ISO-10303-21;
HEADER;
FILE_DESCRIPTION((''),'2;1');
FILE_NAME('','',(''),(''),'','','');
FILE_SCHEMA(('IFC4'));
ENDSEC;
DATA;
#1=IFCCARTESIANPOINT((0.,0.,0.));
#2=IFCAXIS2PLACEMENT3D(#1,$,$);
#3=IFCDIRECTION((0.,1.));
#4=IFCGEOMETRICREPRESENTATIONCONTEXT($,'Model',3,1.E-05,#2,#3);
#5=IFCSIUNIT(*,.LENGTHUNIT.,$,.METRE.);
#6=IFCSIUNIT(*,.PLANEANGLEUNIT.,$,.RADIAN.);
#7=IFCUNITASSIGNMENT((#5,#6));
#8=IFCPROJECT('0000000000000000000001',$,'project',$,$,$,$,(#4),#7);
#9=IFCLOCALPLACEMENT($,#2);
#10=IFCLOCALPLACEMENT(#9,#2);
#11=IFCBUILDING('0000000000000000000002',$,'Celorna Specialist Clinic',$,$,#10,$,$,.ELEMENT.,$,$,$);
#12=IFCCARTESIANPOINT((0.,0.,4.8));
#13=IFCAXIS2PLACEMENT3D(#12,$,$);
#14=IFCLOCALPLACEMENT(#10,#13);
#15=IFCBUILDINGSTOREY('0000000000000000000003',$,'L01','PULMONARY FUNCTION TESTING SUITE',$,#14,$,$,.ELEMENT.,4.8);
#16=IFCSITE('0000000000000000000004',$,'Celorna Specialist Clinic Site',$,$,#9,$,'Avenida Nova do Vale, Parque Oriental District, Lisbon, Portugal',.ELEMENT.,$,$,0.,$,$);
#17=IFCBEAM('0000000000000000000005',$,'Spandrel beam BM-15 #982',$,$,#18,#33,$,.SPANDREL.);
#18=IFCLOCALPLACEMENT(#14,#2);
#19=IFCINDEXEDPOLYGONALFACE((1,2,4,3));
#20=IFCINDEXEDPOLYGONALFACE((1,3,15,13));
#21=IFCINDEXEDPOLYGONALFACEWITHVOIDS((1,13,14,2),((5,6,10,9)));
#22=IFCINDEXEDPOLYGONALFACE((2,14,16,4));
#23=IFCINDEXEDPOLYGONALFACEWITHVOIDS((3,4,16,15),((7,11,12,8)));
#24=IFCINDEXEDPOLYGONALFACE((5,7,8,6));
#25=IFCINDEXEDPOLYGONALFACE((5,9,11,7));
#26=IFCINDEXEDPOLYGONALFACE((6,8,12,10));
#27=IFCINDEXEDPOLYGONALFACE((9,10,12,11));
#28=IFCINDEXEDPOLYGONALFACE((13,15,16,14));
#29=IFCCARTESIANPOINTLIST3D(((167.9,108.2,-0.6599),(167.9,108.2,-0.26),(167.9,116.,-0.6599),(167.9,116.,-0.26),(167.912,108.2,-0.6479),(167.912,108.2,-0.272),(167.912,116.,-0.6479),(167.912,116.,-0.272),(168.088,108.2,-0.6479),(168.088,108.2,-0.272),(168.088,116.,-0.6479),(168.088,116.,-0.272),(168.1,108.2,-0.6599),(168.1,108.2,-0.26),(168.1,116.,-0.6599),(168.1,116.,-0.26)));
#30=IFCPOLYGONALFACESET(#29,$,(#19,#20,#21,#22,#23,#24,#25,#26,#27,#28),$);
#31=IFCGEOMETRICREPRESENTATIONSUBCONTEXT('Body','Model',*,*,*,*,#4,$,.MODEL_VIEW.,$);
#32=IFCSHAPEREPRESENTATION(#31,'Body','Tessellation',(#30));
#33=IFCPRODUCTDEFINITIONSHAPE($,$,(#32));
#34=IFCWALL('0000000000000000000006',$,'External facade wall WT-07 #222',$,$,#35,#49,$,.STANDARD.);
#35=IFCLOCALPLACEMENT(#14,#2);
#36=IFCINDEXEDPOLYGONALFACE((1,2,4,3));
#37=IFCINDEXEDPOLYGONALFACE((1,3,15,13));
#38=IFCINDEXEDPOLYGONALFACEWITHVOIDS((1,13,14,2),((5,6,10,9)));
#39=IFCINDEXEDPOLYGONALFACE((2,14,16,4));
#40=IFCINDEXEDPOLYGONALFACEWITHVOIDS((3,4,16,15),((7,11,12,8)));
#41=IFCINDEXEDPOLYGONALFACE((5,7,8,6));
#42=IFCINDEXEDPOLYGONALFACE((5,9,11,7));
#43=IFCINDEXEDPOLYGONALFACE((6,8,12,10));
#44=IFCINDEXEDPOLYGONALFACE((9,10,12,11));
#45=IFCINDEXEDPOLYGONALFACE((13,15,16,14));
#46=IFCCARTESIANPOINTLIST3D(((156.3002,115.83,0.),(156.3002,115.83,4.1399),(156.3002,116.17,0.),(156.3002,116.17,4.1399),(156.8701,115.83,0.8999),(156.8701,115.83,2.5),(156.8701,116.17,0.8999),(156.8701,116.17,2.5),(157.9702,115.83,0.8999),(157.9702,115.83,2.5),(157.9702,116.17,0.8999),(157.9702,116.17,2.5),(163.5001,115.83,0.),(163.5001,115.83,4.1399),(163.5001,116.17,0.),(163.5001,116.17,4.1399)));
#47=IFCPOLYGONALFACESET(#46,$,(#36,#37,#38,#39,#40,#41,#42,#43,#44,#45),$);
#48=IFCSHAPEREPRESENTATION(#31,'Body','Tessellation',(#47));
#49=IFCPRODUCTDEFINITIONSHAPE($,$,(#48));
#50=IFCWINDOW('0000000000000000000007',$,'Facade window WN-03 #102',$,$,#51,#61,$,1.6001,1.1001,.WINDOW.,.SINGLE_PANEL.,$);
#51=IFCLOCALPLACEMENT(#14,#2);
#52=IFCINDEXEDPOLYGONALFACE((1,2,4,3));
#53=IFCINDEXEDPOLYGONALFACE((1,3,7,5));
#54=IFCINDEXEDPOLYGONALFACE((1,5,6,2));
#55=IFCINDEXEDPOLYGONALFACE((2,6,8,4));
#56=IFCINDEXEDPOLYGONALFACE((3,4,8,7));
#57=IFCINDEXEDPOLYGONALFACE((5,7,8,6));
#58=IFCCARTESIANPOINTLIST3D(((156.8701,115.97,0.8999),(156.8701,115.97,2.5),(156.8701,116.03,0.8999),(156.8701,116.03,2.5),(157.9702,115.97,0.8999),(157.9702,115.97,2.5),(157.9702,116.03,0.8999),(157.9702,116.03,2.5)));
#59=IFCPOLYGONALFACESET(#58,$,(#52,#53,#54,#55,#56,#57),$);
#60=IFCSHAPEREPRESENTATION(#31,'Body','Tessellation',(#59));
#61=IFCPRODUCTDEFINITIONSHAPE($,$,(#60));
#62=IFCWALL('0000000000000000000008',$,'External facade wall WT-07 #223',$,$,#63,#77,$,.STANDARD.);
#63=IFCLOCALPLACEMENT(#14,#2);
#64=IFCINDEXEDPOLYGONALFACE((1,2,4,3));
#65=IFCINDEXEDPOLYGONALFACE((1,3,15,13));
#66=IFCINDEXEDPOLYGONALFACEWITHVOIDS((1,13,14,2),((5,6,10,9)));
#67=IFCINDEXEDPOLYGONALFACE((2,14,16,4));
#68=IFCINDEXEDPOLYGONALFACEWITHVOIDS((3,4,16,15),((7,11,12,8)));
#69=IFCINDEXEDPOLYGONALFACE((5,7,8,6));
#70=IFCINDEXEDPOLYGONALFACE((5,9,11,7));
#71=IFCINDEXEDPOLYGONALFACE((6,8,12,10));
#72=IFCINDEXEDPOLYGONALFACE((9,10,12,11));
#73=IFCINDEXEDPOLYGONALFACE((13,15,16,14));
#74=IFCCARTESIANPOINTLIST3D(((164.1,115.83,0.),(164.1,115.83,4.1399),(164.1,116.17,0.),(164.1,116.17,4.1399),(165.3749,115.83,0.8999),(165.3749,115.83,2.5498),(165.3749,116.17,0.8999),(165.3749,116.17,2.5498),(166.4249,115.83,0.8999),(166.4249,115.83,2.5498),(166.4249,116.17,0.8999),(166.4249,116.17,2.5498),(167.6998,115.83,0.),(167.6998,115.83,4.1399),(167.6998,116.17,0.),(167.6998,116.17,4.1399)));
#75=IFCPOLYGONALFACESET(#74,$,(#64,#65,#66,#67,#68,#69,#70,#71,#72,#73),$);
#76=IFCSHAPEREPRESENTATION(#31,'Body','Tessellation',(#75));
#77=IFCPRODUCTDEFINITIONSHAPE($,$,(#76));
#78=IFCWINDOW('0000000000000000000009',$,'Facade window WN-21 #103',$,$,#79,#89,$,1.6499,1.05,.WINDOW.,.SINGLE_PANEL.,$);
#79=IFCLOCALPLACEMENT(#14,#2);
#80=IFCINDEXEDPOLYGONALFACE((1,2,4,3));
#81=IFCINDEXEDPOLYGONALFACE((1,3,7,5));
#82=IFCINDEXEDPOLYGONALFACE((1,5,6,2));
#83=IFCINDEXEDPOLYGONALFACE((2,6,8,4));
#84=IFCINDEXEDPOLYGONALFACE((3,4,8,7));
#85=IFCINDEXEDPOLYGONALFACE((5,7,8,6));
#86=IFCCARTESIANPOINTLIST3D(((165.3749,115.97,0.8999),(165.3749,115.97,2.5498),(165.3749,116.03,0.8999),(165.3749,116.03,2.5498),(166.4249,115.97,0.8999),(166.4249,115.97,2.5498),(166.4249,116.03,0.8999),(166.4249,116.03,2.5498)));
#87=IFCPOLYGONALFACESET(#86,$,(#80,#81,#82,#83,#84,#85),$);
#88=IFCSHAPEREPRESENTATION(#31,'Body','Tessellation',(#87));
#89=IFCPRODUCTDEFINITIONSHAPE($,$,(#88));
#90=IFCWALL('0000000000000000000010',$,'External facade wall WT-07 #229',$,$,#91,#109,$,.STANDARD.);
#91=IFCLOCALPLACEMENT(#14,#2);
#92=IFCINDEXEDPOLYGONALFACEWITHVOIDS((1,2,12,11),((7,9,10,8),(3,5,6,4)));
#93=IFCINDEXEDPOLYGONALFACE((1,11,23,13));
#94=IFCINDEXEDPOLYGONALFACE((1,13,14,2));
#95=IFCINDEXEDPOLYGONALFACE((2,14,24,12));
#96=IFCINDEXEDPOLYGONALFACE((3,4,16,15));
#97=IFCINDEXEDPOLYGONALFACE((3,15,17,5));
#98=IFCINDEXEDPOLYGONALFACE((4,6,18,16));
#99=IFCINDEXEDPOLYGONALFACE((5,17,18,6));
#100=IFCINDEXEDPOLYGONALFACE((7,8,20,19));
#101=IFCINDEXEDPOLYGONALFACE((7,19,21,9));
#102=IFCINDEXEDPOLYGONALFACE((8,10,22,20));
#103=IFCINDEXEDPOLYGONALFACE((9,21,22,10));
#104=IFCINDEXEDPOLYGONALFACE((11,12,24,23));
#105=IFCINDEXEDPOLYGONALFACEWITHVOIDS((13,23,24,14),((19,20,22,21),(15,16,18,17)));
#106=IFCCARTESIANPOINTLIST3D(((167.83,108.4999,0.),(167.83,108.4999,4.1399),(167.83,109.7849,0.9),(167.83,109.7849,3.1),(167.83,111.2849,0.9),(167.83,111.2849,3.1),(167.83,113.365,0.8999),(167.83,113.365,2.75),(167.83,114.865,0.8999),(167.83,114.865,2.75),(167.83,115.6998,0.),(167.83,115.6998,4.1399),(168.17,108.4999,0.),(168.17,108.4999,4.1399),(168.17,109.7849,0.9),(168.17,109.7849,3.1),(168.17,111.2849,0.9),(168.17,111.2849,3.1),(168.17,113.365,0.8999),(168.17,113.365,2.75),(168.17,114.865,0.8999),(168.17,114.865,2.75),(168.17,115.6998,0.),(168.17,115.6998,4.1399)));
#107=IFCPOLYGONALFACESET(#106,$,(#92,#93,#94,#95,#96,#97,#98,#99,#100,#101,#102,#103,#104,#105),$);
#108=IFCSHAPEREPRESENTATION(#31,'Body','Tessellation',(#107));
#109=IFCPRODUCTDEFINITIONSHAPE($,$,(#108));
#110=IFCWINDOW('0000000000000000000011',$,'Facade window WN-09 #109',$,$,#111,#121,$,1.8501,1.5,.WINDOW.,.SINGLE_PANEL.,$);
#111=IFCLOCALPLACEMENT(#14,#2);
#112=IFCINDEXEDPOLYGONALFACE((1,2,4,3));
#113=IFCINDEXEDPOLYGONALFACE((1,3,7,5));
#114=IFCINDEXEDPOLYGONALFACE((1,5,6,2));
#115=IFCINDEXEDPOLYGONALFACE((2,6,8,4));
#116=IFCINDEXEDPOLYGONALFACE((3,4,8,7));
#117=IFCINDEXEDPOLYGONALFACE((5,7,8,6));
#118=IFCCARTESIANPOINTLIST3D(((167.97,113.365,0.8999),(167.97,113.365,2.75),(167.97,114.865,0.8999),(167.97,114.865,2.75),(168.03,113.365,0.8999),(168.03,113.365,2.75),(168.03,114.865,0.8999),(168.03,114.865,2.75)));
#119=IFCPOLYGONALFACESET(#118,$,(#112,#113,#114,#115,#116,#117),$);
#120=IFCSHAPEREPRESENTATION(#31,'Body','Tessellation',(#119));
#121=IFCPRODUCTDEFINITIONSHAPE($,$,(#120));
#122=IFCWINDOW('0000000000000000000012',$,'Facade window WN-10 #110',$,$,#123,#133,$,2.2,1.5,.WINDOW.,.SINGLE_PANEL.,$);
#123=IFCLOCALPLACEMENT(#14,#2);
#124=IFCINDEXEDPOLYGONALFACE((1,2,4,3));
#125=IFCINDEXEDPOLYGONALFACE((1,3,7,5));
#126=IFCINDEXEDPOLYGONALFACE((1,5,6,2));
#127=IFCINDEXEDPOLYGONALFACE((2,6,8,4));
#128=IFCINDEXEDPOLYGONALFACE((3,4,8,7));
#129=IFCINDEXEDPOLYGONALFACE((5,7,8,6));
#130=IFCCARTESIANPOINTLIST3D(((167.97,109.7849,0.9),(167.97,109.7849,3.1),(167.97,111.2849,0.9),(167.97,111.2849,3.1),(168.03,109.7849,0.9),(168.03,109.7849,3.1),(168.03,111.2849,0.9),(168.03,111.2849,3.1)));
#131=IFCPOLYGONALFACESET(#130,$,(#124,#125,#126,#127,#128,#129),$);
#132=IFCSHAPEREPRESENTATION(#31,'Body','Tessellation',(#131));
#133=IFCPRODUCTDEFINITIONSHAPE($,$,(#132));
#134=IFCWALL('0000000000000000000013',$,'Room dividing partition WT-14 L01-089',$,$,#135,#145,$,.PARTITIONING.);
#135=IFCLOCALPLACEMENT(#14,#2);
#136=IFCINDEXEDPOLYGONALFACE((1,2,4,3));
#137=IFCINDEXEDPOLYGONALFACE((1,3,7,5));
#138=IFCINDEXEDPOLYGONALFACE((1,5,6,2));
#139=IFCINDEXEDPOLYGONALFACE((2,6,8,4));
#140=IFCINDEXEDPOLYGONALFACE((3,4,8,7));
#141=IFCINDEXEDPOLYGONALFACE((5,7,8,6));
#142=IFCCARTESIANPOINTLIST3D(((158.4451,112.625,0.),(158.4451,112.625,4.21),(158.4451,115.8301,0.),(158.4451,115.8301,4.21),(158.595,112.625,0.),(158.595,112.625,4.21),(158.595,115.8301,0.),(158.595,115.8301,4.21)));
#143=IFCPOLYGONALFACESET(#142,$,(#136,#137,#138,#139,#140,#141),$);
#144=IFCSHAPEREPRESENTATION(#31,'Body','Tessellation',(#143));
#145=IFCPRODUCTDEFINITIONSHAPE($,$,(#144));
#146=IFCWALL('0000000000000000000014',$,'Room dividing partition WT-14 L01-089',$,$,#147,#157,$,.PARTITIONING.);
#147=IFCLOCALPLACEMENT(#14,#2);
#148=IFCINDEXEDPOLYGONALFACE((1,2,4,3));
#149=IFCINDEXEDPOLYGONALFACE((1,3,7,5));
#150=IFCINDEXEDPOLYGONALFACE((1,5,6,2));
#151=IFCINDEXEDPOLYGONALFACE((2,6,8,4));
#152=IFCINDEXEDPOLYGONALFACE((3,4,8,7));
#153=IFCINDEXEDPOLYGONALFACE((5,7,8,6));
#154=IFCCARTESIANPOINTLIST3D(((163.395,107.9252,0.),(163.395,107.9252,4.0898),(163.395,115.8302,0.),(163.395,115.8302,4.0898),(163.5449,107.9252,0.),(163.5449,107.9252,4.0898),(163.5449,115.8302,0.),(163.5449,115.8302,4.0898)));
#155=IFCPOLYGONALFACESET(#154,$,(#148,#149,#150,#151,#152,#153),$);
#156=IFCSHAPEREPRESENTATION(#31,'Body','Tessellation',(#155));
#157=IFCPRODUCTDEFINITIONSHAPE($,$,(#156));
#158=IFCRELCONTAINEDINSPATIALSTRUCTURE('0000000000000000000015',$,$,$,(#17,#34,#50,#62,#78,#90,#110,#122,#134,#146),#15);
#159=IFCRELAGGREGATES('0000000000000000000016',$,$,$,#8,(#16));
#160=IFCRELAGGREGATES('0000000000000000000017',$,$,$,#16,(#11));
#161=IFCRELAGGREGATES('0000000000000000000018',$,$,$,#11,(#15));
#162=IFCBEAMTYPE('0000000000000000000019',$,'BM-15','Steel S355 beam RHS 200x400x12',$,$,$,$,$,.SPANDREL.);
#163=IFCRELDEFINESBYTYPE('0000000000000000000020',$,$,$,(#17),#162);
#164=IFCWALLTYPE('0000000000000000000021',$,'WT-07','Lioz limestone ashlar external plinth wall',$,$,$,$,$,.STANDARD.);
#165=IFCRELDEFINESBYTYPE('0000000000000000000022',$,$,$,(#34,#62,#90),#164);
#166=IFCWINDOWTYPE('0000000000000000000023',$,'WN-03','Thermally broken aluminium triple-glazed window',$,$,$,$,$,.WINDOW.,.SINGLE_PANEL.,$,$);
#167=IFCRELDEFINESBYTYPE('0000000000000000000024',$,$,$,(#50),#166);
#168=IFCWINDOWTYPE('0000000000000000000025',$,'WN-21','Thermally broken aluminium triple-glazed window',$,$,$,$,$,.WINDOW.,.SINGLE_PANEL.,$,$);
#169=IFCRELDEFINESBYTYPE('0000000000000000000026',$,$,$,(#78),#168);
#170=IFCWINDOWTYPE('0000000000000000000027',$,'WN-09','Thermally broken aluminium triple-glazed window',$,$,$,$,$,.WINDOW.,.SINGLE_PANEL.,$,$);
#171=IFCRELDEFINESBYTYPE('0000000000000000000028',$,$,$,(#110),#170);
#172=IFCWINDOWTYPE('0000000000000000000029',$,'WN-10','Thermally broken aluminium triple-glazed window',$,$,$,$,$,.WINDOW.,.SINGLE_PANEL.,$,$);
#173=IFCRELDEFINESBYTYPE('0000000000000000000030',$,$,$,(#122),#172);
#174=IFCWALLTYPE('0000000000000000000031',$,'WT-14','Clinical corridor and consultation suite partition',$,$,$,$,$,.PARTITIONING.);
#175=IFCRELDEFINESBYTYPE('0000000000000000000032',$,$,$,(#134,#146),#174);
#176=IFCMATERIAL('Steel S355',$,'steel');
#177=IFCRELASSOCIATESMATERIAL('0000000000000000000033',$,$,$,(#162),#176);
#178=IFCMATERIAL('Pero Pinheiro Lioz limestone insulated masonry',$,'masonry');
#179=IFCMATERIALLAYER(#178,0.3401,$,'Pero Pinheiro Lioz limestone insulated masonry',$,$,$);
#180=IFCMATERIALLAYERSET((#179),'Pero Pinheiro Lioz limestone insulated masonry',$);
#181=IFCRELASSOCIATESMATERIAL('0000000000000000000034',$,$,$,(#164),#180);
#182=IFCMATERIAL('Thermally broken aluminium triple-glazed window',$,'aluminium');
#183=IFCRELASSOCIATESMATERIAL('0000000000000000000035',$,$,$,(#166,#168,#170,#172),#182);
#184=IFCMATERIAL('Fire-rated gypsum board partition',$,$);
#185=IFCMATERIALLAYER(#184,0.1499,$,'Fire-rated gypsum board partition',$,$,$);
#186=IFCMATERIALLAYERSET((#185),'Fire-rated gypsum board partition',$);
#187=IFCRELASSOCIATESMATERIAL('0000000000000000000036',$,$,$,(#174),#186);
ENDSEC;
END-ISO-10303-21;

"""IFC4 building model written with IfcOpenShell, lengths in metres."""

from ifc_helpers import new_model, si_unit, direction, frame, frame_2d, origin, origin_2d, place, context, subcontext, project, spatial, rectangle, hollow_rectangle, extrude, material, layer, layer_set, material_profile, profile_set, type_object, element, fill, save


model = new_model("IFC4")

# Units and contexts
model_context = context("Model", 3, precision=1e-05, world=origin(), true_north=direction((0.0, 1.0)))
body_context = subcontext(model_context, "Body", "Model", "MODEL_VIEW")
ifc_project = project(units=[si_unit("LENGTHUNIT", "METRE"), si_unit("PLANEANGLEUNIT", "RADIAN")], contexts=[model_context])

# Site, building, storey
site_placement = place(None, origin())
site = spatial("IfcSite", under=ifc_project, at=site_placement, Name="Celorna Specialist Clinic Site", LongName="Avenida Nova do Vale, Parque Oriental District, Lisbon, Portugal", CompositionType="ELEMENT", RefElevation=0.0)
building_placement = place(site_placement, origin())
building = spatial("IfcBuilding", under=site, at=building_placement, Name="Celorna Specialist Clinic", CompositionType="ELEMENT")
storey_placement = place(building_placement, frame((0.0, 0.0, 4.8)))
storey = spatial("IfcBuildingStorey", under=building, at=storey_placement, Name="L01", Description="PULMONARY FUNCTION TESTING SUITE", CompositionType="ELEMENT", Elevation=4.8)

# Beam
ifc_material_1 = material(Name="Steel S355", Category="steel")
ifc_material_profile_1 = material_profile(ifc_material_1, hollow_rectangle(XDim=0.2, YDim=0.3999, WallThickness=0.012, at=origin_2d()), Name="RHS 200x400x12")
ifc_profile_set_1 = profile_set([ifc_material_profile_1], Name="Steel S355")
beam_type_1 = type_object("IfcBeamType", Name="BM-15", Description="Steel S355 beam RHS 200x400x12", PredefinedType="SPANDREL", material=ifc_profile_set_1)
beam_1_placement = place(storey_placement, frame((168.0, 108.2, -0.46), z_axis=(0.0, 1.0, 0.0), x_axis=(-1.0, 0.0, 0.0)))
element("IfcBeam", 1, at=beam_1_placement, inside=storey, type_object=beam_type_1, Name="Spandrel beam BM-15 #982", PredefinedType="SPANDREL", context=body_context, shape_type="SweptSolid", body=[
    extrude(hollow_rectangle(XDim=0.2, YDim=0.3999, WallThickness=0.012, at=origin_2d()), origin(), (0.0, 0.0, 1.0), 7.8),
])

# Walls, openings, windows
ifc_material_2 = material(Name="Pero Pinheiro Lioz limestone insulated masonry", Category="masonry")
ifc_layer_1 = layer(ifc_material_2, 0.3401, Name="Pero Pinheiro Lioz limestone insulated masonry")
ifc_layer_set_1 = layer_set([ifc_layer_1], Name="Pero Pinheiro Lioz limestone insulated masonry")
wall_type_1 = type_object("IfcWallType", Name="WT-07", Description="Lioz limestone ashlar external plinth wall", PredefinedType="STANDARD", material=ifc_layer_set_1)
wall_1_placement = place(storey_placement, frame((156.3, 116.0, 0.0), z_axis=(0.0, 0.0, 1.0), x_axis=(1.0, 0.0, 0.0)))
wall_1 = element("IfcWall", 2, at=wall_1_placement, inside=storey, type_object=wall_type_1, Name="External facade wall WT-07 #222", PredefinedType="STANDARD", context=body_context, shape_type="SweptSolid", body=[
    extrude(rectangle(XDim=7.2, YDim=0.3401, at=frame_2d((3.6001, 0.0))), origin(), (0.0, 0.0, 1.0), 4.1399),
])
opening_1_placement = place(wall_1_placement, frame((0.5701, 0.0, 0.8999)))
opening_1 = element("IfcOpeningElement", 3, at=opening_1_placement, cuts=wall_1, PredefinedType="OPENING", context=body_context, shape_type="SweptSolid", body=[
    extrude(rectangle(XDim=1.1001, YDim=1.6001, at=frame_2d((0.55, 0.8))), frame((0.0, 0.1799, 0.0), z_axis=(0.0, -1.0, 0.0), x_axis=(1.0, 0.0, 0.0)), (0.0, 0.0, 1.0), 0.3601),
])
ifc_material_3 = material(Name="Thermally broken aluminium triple-glazed window", Category="aluminium")
window_type_1 = type_object("IfcWindowType", Name="WN-03", Description="Thermally broken aluminium triple-glazed window", PartitioningType="SINGLE_PANEL", PredefinedType="WINDOW", material=ifc_material_3)
window_1_placement = place(opening_1_placement, origin())
window_1 = element("IfcWindow", 4, at=window_1_placement, inside=storey, type_object=window_type_1, Name="Facade window WN-03 #102", OverallHeight=1.6001, OverallWidth=1.1001, PartitioningType="SINGLE_PANEL", PredefinedType="WINDOW", context=body_context, shape_type="SweptSolid", body=[
    extrude(rectangle(XDim=1.1001, YDim=1.6001, at=frame_2d((0.55, 0.8))), frame((0.0, 0.03, 0.0), z_axis=(0.0, -1.0, 0.0), x_axis=(1.0, 0.0, 0.0)), (0.0, 0.0, 1.0), 0.0601),
])
fill(opening_1, window_1)
wall_2_placement = place(storey_placement, frame((164.1001, 116.0, 0.0), z_axis=(0.0, 0.0, 1.0), x_axis=(1.0, 0.0, 0.0)))
wall_2 = element("IfcWall", 5, at=wall_2_placement, inside=storey, type_object=wall_type_1, Name="External facade wall WT-07 #223", PredefinedType="STANDARD", context=body_context, shape_type="SweptSolid", body=[
    extrude(rectangle(XDim=3.5999, YDim=0.3401, at=frame_2d((1.7998, 0.0))), origin(), (0.0, 0.0, 1.0), 4.1399),
])
opening_2_placement = place(wall_2_placement, frame((1.2749, 0.0, 0.8999)))
opening_2 = element("IfcOpeningElement", 6, at=opening_2_placement, cuts=wall_2, PredefinedType="OPENING", context=body_context, shape_type="SweptSolid", body=[
    extrude(rectangle(XDim=1.05, YDim=1.6499, at=frame_2d((0.5249, 0.825))), frame((0.0, 0.1799, 0.0), z_axis=(0.0, -1.0, 0.0), x_axis=(1.0, 0.0, 0.0)), (0.0, 0.0, 1.0), 0.3601),
])
window_type_2 = type_object("IfcWindowType", Name="WN-21", Description="Thermally broken aluminium triple-glazed window", PartitioningType="SINGLE_PANEL", PredefinedType="WINDOW", material=ifc_material_3)
window_2_placement = place(opening_2_placement, origin())
window_2 = element("IfcWindow", 7, at=window_2_placement, inside=storey, type_object=window_type_2, Name="Facade window WN-21 #103", OverallHeight=1.6499, OverallWidth=1.05, PartitioningType="SINGLE_PANEL", PredefinedType="WINDOW", context=body_context, shape_type="SweptSolid", body=[
    extrude(rectangle(XDim=1.05, YDim=1.6499, at=frame_2d((0.5249, 0.825))), frame((0.0, 0.03, 0.0), z_axis=(0.0, -1.0, 0.0), x_axis=(1.0, 0.0, 0.0)), (0.0, 0.0, 1.0), 0.0601),
])
fill(opening_2, window_2)

# Wall, openings, windows
wall_3_placement = place(storey_placement, frame((168.0, 115.7, 0.0), z_axis=(0.0, 0.0, 1.0), x_axis=(0.0, -1.0, 0.0)))
wall_3 = element("IfcWall", 8, at=wall_3_placement, inside=storey, type_object=wall_type_1, Name="External facade wall WT-07 #229", PredefinedType="STANDARD", context=body_context, shape_type="SweptSolid", body=[
    extrude(rectangle(XDim=7.2, YDim=0.3401, at=frame_2d((3.6001, 0.0))), origin(), (0.0, 0.0, 1.0), 4.1399),
])
opening_3_placement = place(wall_3_placement, frame((0.835, 0.0, 0.8999)))
opening_3 = element("IfcOpeningElement", 9, at=opening_3_placement, cuts=wall_3, PredefinedType="OPENING", context=body_context, shape_type="SweptSolid", body=[
    extrude(rectangle(XDim=1.5, YDim=1.8501, at=frame_2d((0.75, 0.925))), frame((0.0, 0.1799, 0.0), z_axis=(0.0, -1.0, 0.0), x_axis=(1.0, 0.0, 0.0)), (0.0, 0.0, 1.0), 0.3601),
])
opening_4_placement = place(wall_3_placement, frame((4.415, 0.0, 0.8999)))
opening_4 = element("IfcOpeningElement", 10, at=opening_4_placement, cuts=wall_3, PredefinedType="OPENING", context=body_context, shape_type="SweptSolid", body=[
    extrude(rectangle(XDim=1.5, YDim=2.2, at=frame_2d((0.75, 1.1001))), frame((0.0, 0.1799, 0.0), z_axis=(0.0, -1.0, 0.0), x_axis=(1.0, 0.0, 0.0)), (0.0, 0.0, 1.0), 0.3601),
])
window_type_3 = type_object("IfcWindowType", Name="WN-09", Description="Thermally broken aluminium triple-glazed window", PartitioningType="SINGLE_PANEL", PredefinedType="WINDOW", material=ifc_material_3)
window_3_placement = place(opening_3_placement, origin())
window_3 = element("IfcWindow", 11, at=window_3_placement, inside=storey, type_object=window_type_3, Name="Facade window WN-09 #109", OverallHeight=1.8501, OverallWidth=1.5, PartitioningType="SINGLE_PANEL", PredefinedType="WINDOW", context=body_context, shape_type="SweptSolid", body=[
    extrude(rectangle(XDim=1.5, YDim=1.8501, at=frame_2d((0.75, 0.925))), frame((0.0, 0.03, 0.0), z_axis=(0.0, -1.0, 0.0), x_axis=(1.0, 0.0, 0.0)), (0.0, 0.0, 1.0), 0.0601),
])
fill(opening_3, window_3)
window_type_4 = type_object("IfcWindowType", Name="WN-10", Description="Thermally broken aluminium triple-glazed window", PartitioningType="SINGLE_PANEL", PredefinedType="WINDOW", material=ifc_material_3)
window_4_placement = place(opening_4_placement, origin())
window_4 = element("IfcWindow", 12, at=window_4_placement, inside=storey, type_object=window_type_4, Name="Facade window WN-10 #110", OverallHeight=2.2, OverallWidth=1.5, PartitioningType="SINGLE_PANEL", PredefinedType="WINDOW", context=body_context, shape_type="SweptSolid", body=[
    extrude(rectangle(XDim=1.5, YDim=2.2, at=frame_2d((0.75, 1.1001))), frame((0.0, 0.03, 0.0), z_axis=(0.0, -1.0, 0.0), x_axis=(1.0, 0.0, 0.0)), (0.0, 0.0, 1.0), 0.0601),
])
fill(opening_4, window_4)

# Walls
ifc_material_4 = material(Name="Fire-rated gypsum board partition")
ifc_layer_2 = layer(ifc_material_4, 0.1499, Name="Fire-rated gypsum board partition")
ifc_layer_set_2 = layer_set([ifc_layer_2], Name="Fire-rated gypsum board partition")
wall_type_2 = type_object("IfcWallType", Name="WT-14", Description="Clinical corridor and consultation suite partition", PredefinedType="PARTITIONING", material=ifc_layer_set_2)
wall_4_placement = place(storey_placement, frame((158.52, 112.625, 0.0), z_axis=(0.0, 0.0, 1.0), x_axis=(0.0, 1.0, 0.0)))
element("IfcWall", 13, at=wall_4_placement, inside=storey, type_object=wall_type_2, Name="Room dividing partition WT-14 L01-089", PredefinedType="PARTITIONING", context=body_context, shape_type="SweptSolid", body=[
    extrude(rectangle(XDim=3.2051, YDim=0.1499, at=frame_2d((1.6025, 0.0))), origin(), (0.0, 0.0, 1.0), 4.21),
])
wall_5_placement = place(storey_placement, frame((163.47, 107.925, 0.0), z_axis=(0.0, 0.0, 1.0), x_axis=(0.0, 1.0, 0.0)))
element("IfcWall", 14, at=wall_5_placement, inside=storey, type_object=wall_type_2, Name="Room dividing partition WT-14 L01-089", PredefinedType="PARTITIONING", context=body_context, shape_type="SweptSolid", body=[
    extrude(rectangle(XDim=7.905, YDim=0.1499, at=frame_2d((3.9526, 0.0))), origin(), (0.0, 0.0, 1.0), 4.0898),
])

save(model, "model.ifc")
